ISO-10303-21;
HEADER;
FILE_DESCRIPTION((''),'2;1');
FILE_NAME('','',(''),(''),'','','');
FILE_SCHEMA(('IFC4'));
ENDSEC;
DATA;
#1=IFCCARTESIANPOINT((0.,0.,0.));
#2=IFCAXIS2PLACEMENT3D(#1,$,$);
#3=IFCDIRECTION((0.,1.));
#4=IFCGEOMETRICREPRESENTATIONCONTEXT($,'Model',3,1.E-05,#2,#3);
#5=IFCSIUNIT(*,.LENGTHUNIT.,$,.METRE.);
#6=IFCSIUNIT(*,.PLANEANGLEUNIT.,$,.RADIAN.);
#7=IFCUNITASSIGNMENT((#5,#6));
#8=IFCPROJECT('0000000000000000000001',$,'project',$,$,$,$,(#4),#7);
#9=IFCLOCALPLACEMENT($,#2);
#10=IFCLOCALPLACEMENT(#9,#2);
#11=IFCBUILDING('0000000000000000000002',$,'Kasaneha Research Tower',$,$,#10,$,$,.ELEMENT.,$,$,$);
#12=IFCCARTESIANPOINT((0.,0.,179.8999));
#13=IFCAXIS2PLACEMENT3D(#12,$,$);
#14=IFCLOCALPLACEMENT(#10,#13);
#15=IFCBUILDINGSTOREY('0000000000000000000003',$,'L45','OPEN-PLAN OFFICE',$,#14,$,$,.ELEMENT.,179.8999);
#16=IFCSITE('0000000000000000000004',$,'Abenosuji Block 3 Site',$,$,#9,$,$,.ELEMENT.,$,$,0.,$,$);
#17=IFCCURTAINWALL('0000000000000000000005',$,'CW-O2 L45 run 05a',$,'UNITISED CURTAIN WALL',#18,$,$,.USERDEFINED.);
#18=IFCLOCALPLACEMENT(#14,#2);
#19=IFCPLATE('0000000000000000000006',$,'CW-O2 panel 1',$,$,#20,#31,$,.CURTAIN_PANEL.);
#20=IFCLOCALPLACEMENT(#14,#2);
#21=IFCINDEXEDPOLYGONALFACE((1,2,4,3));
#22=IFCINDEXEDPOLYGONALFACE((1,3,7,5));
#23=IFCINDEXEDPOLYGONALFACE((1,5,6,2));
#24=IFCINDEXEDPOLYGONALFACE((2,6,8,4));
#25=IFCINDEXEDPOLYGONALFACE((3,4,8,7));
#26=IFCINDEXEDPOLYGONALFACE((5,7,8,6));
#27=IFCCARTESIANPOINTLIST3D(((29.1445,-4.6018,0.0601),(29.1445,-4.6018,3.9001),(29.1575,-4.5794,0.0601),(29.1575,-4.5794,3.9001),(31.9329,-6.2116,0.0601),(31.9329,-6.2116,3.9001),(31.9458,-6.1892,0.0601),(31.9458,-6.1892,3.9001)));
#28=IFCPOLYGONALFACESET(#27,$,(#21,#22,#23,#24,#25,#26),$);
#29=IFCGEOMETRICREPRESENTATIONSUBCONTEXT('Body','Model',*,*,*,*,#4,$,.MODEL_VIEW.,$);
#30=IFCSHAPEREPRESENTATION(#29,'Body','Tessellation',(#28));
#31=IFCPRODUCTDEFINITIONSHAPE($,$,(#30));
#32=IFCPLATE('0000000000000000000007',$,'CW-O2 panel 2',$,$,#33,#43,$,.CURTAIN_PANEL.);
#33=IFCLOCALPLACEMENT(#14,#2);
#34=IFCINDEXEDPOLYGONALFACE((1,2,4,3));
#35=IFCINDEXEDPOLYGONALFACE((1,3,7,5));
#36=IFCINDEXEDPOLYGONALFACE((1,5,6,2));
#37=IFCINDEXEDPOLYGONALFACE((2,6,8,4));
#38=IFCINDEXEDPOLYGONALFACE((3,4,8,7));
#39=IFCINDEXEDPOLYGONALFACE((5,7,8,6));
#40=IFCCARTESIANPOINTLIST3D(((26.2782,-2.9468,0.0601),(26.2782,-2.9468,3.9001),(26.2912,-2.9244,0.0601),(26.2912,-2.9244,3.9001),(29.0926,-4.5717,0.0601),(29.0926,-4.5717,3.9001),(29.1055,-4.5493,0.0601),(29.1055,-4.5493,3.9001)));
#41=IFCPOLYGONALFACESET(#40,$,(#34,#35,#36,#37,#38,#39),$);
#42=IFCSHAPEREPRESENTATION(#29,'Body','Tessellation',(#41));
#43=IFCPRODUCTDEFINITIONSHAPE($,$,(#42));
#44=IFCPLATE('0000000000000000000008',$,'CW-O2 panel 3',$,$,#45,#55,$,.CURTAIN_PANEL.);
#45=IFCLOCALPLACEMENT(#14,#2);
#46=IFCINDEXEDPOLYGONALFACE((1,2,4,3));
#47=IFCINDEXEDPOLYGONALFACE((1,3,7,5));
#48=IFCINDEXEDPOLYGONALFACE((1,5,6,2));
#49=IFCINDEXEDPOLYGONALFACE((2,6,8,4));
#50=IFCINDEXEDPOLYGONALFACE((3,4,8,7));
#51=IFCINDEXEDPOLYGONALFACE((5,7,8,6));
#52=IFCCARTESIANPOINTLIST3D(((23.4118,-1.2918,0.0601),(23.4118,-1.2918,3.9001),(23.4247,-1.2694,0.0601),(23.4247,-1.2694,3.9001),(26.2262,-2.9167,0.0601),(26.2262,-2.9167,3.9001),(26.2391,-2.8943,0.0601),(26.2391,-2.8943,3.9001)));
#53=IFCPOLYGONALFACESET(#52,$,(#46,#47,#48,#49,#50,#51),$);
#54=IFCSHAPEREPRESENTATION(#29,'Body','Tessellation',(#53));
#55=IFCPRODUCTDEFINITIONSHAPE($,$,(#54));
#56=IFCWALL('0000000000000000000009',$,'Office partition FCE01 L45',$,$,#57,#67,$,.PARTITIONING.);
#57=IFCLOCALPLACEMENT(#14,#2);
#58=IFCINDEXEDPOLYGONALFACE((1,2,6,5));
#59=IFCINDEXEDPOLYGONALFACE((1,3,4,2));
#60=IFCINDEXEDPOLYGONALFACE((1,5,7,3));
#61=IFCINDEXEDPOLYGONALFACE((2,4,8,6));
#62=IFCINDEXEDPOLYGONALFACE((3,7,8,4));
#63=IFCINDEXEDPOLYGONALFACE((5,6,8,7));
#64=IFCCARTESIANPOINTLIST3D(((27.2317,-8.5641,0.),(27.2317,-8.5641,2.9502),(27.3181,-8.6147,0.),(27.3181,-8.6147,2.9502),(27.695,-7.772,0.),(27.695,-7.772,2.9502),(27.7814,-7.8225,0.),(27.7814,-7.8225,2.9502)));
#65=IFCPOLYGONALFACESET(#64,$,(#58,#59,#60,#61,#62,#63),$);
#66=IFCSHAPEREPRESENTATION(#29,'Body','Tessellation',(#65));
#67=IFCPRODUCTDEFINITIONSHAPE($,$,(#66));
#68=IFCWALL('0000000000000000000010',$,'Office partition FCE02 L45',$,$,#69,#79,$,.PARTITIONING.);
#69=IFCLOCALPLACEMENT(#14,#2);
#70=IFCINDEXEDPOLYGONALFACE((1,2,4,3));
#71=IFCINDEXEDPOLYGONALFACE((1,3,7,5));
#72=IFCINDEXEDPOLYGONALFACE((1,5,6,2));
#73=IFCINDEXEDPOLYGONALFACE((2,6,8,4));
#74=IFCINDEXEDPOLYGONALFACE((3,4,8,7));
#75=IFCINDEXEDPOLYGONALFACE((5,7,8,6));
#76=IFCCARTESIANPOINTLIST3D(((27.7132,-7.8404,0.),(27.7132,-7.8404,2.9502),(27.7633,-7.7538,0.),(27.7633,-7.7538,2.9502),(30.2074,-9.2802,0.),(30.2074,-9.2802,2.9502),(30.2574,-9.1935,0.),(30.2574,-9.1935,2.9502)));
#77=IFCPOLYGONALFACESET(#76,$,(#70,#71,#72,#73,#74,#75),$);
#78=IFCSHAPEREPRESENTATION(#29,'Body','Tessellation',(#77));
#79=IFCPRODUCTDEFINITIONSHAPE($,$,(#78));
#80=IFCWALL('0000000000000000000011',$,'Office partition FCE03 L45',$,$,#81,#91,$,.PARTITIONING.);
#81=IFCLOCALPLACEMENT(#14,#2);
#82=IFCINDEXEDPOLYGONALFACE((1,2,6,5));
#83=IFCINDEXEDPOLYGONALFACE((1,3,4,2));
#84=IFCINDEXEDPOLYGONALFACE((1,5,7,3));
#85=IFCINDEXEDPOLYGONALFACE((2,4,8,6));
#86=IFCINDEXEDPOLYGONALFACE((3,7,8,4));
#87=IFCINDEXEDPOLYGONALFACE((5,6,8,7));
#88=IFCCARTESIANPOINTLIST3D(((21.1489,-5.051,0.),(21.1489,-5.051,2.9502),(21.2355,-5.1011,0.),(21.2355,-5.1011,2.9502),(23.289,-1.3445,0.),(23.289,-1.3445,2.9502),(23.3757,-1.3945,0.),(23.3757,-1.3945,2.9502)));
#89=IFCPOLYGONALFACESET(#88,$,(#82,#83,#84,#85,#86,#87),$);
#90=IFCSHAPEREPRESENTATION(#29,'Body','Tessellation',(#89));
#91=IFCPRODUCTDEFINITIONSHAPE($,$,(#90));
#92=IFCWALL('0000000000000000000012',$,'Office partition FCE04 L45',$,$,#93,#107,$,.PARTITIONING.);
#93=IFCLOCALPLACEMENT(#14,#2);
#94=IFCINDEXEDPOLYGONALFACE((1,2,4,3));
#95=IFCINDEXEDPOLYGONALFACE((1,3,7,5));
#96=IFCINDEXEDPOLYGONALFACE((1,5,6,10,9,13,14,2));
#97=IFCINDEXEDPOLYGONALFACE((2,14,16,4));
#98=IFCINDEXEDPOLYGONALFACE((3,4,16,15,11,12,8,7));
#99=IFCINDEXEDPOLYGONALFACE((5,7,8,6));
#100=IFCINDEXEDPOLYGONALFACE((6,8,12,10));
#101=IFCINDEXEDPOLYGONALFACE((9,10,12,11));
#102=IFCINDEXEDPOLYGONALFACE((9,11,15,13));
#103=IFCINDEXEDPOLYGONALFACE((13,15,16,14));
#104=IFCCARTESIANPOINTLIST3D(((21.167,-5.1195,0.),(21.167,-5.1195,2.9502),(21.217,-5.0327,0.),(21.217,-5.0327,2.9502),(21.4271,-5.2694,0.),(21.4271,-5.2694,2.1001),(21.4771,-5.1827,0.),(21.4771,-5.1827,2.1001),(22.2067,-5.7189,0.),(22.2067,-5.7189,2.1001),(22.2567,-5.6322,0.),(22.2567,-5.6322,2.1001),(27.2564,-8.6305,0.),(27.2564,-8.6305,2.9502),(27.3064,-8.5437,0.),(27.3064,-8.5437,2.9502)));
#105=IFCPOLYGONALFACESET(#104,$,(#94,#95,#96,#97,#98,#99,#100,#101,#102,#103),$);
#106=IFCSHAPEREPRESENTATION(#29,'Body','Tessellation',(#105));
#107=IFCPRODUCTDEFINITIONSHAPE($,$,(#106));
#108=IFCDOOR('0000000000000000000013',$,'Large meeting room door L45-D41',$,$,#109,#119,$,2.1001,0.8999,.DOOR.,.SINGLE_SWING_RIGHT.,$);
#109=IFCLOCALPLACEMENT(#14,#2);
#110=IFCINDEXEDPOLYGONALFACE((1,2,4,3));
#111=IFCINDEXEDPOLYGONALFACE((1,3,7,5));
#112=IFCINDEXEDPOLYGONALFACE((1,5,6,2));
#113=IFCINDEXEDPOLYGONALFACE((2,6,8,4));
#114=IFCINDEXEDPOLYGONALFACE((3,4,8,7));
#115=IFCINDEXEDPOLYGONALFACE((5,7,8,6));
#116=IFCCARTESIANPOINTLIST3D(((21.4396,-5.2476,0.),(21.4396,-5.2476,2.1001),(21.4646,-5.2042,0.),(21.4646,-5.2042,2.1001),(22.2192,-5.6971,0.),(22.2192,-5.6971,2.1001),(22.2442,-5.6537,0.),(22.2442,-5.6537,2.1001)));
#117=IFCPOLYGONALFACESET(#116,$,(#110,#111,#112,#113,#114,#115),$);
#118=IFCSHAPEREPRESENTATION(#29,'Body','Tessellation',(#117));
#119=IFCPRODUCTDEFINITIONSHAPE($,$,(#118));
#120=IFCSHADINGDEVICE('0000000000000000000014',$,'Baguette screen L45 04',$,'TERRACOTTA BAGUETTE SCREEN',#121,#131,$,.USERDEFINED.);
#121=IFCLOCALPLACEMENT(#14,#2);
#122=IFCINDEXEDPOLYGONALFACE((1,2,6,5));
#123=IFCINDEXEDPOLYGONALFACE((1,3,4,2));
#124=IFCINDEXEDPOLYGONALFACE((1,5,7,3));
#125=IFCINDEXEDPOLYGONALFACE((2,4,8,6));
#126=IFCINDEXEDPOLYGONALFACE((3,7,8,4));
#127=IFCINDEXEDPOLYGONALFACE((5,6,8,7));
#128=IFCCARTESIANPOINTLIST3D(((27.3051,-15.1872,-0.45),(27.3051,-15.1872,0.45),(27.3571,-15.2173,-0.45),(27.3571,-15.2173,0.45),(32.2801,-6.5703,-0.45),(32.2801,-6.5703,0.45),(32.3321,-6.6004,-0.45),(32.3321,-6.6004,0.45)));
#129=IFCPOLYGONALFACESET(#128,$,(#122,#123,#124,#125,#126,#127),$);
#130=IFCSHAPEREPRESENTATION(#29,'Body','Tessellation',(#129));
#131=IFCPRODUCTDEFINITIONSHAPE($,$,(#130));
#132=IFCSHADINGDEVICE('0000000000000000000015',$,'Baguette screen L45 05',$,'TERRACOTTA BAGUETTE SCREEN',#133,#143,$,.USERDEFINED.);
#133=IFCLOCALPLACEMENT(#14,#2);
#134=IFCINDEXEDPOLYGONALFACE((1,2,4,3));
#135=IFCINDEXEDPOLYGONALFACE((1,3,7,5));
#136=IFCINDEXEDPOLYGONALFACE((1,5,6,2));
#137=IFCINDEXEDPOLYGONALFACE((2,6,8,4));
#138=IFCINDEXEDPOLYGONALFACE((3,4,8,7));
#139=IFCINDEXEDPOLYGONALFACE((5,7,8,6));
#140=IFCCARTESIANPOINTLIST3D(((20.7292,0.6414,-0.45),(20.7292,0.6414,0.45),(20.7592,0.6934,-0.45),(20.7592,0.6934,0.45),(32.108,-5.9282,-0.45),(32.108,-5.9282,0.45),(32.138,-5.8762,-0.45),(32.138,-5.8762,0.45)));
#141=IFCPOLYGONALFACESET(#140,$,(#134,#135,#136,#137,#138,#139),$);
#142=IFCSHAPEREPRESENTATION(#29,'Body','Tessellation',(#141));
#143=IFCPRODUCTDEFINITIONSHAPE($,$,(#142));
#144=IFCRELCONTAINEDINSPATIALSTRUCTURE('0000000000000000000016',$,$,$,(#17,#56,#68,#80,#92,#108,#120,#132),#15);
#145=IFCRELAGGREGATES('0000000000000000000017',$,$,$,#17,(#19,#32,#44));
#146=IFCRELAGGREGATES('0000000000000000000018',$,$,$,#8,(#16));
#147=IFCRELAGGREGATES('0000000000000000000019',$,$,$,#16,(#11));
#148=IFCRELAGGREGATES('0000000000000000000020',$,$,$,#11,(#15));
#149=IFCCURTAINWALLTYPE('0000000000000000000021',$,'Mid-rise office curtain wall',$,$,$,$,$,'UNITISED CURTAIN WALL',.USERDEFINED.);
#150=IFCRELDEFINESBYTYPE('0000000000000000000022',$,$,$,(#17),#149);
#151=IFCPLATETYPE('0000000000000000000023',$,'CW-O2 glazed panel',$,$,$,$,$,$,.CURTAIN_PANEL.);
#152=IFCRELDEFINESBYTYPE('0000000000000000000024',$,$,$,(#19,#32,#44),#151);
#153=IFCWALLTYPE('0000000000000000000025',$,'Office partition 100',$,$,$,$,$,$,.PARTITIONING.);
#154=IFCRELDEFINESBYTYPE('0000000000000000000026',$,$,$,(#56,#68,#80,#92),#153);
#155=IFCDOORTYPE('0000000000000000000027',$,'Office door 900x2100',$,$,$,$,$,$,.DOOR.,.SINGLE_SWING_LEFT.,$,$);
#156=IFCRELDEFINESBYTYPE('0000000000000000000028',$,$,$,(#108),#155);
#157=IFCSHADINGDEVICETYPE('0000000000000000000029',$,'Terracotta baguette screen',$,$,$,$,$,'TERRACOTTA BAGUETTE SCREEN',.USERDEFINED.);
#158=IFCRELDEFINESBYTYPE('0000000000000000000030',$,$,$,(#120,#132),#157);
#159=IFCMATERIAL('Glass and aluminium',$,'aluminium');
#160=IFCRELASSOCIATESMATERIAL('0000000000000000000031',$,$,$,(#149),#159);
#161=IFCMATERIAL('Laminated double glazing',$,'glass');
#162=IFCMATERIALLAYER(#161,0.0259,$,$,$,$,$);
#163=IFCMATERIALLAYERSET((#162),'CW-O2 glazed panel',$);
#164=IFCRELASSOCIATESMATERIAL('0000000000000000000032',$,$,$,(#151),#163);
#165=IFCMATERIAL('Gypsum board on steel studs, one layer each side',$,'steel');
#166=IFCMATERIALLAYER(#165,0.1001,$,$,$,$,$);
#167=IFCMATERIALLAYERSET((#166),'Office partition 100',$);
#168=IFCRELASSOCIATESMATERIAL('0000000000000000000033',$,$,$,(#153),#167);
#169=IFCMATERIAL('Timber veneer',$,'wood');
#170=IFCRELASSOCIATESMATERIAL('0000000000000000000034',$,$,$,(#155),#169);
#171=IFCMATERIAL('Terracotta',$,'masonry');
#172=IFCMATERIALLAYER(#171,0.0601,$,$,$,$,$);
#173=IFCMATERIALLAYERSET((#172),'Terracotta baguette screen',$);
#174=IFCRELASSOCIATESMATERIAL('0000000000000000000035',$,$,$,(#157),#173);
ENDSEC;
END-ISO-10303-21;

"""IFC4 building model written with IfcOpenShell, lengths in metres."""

from ifc_helpers import new_model, si_unit, direction, frame, frame_2d, origin, origin_2d, place, context, subcontext, project, spatial, rectangle, extrude, material, layer, layer_set, type_object, element, fill, aggregate, save


model = new_model("IFC4")

# Units and contexts
model_context = context("Model", 3, precision=1e-05, world=origin(), true_north=direction((0.0, 1.0)))
body_context = subcontext(model_context, "Body", "Model", "MODEL_VIEW")
ifc_project = project(units=[si_unit("LENGTHUNIT", "METRE"), si_unit("PLANEANGLEUNIT", "RADIAN")], contexts=[model_context])

# Site, building, storey
site_placement = place(None, origin())
site = spatial("IfcSite", under=ifc_project, at=site_placement, Name="Abenosuji Block 3 Site", CompositionType="ELEMENT", RefElevation=0.0)
building_placement = place(site_placement, origin())
building = spatial("IfcBuilding", under=site, at=building_placement, Name="Kasaneha Research Tower", CompositionType="ELEMENT")
storey_placement = place(building_placement, frame((0.0, 0.0, 179.8999)))
storey = spatial("IfcBuildingStorey", under=building, at=storey_placement, Name="L45", Description="OPEN-PLAN OFFICE", CompositionType="ELEMENT", Elevation=179.8999)

# Curtain wall
ifc_material_1 = material(Name="Glass and aluminium", Category="aluminium")
curtain_wall_type = type_object("IfcCurtainWallType", Name="Mid-rise office curtain wall", ElementType="UNITISED CURTAIN WALL", PredefinedType="USERDEFINED", material=ifc_material_1)
curtain_wall_1_placement = place(storey_placement, origin())
curtain_wall_1 = element("IfcCurtainWall", 1, at=curtain_wall_1_placement, inside=storey, type_object=curtain_wall_type, Name="CW-O2 L45 run 05a", ObjectType="UNITISED CURTAIN WALL", PredefinedType="USERDEFINED")

# Plates
ifc_material_2 = material(Name="Laminated double glazing", Category="glass")
ifc_layer_1 = layer(ifc_material_2, 0.0259)
ifc_layer_set_1 = layer_set([ifc_layer_1], Name="CW-O2 glazed panel")
plate_type = type_object("IfcPlateType", Name="CW-O2 glazed panel", PredefinedType="CURTAIN_PANEL", material=ifc_layer_set_1)
plate_1_placement = place(storey_placement, frame((30.5452, -5.3955, 0.0601), z_axis=(0.0, 0.0, 1.0), x_axis=(-0.866025, 0.5, 0.0)))
plate_1 = element("IfcPlate", 2, at=plate_1_placement, type_object=plate_type, Name="CW-O2 panel 1", PredefinedType="CURTAIN_PANEL", context=body_context, shape_type="SweptSolid", body=[
    extrude(rectangle(XDim=3.2197, YDim=0.0259, at=origin_2d()), origin(), (0.0, 0.0, 1.0), 3.8401),
])
plate_2_placement = place(storey_placement, frame((27.6919, -3.748, 0.0601), z_axis=(0.0, 0.0, 1.0), x_axis=(-0.866025, 0.5, 0.0)))
plate_2 = element("IfcPlate", 3, at=plate_2_placement, type_object=plate_type, Name="CW-O2 panel 2", PredefinedType="CURTAIN_PANEL", context=body_context, shape_type="SweptSolid", body=[
    extrude(rectangle(XDim=3.2498, YDim=0.0259, at=origin_2d()), origin(), (0.0, 0.0, 1.0), 3.8401),
])
plate_3_placement = place(storey_placement, frame((24.8254, -2.093, 0.0601), z_axis=(0.0, 0.0, 1.0), x_axis=(-0.866025, 0.5, 0.0)))
plate_3 = element("IfcPlate", 4, at=plate_3_placement, type_object=plate_type, Name="CW-O2 panel 3", PredefinedType="CURTAIN_PANEL", context=body_context, shape_type="SweptSolid", body=[
    extrude(rectangle(XDim=3.2498, YDim=0.0259, at=origin_2d()), origin(), (0.0, 0.0, 1.0), 3.8401),
])
aggregate(curtain_wall_1, [plate_1, plate_2, plate_3])

# Walls
ifc_material_3 = material(Name="Gypsum board on steel studs, one layer each side", Category="steel")
ifc_layer_2 = layer(ifc_material_3, 0.1001)
ifc_layer_set_2 = layer_set([ifc_layer_2], Name="Office partition 100")
wall_type = type_object("IfcWallType", Name="Office partition 100", PredefinedType="PARTITIONING", material=ifc_layer_set_2)
wall_1_placement = place(storey_placement, frame((27.7383, -7.7971, 0.0), z_axis=(0.0, 0.0, 1.0), x_axis=(-0.50488, -0.86319, 0.0)))
element("IfcWall", 5, at=wall_1_placement, inside=storey, type_object=wall_type, Name="Office partition FCE01 L45", PredefinedType="PARTITIONING", context=body_context, shape_type="SweptSolid", body=[
    extrude(rectangle(XDim=0.9177, YDim=0.1001, at=frame_2d((0.459, 0.0))), origin(), (0.0, 0.0, 1.0), 2.9502),
])
wall_2_placement = place(storey_placement, frame((30.2324, -9.2368, 0.0), z_axis=(0.0, 0.0, 1.0), x_axis=(-0.86607, 0.499923, 0.0)))
element("IfcWall", 6, at=wall_2_placement, inside=storey, type_object=wall_type, Name="Office partition FCE02 L45", PredefinedType="PARTITIONING", context=body_context, shape_type="SweptSolid", body=[
    extrude(rectangle(XDim=2.8799, YDim=0.1001, at=frame_2d((1.4399, 0.0))), origin(), (0.0, 0.0, 1.0), 2.9502),
])
wall_3_placement = place(storey_placement, frame((21.1921, -5.0762, 0.0), z_axis=(0.0, 0.0, 1.0), x_axis=(0.500029, 0.866009, 0.0)))
element("IfcWall", 7, at=wall_3_placement, inside=storey, type_object=wall_type, Name="Office partition FCE03 L45", PredefinedType="PARTITIONING", context=body_context, shape_type="SweptSolid", body=[
    extrude(rectangle(XDim=4.28, YDim=0.1001, at=frame_2d((2.1401, 0.0))), origin(), (0.0, 0.0, 1.0), 2.9502),
])

# Wall, opening, door
wall_4_placement = place(storey_placement, frame((27.2815, -8.5872, 0.0), z_axis=(0.0, 0.0, 1.0), x_axis=(-0.866315, 0.499498, 0.0)))
wall_4 = element("IfcWall", 8, at=wall_4_placement, inside=storey, type_object=wall_type, Name="Office partition FCE04 L45", PredefinedType="PARTITIONING", context=body_context, shape_type="SweptSolid", body=[
    extrude(rectangle(XDim=7.0291, YDim=0.1001, at=frame_2d((3.5146, 0.0))), origin(), (0.0, 0.0, 1.0), 2.9502),
])
opening_placement = place(wall_4_placement, frame((5.8291, 0.0, 0.0)))
opening = element("IfcOpeningElement", 9, at=opening_placement, cuts=wall_4, PredefinedType="OPENING", context=body_context, shape_type="SweptSolid", body=[
    extrude(rectangle(XDim=0.8999, YDim=2.1001, at=frame_2d((0.45, 1.05))), frame((0.0, 0.0601, 0.0), z_axis=(0.0, -1.0, 0.0), x_axis=(1.0, 0.0, 0.0)), (0.0, 0.0, 1.0), 0.1201),
])
ifc_material_4 = material(Name="Timber veneer", Category="wood")
door_type = type_object("IfcDoorType", Name="Office door 900x2100", OperationType="SINGLE_SWING_LEFT", PredefinedType="DOOR", material=ifc_material_4)
door_placement = place(opening_placement, origin())
door = element("IfcDoor", 10, at=door_placement, inside=storey, type_object=door_type, Name="Large meeting room door L45-D41", OperationType="SINGLE_SWING_RIGHT", OverallHeight=2.1001, OverallWidth=0.8999, PredefinedType="DOOR", context=body_context, shape_type="SweptSolid", body=[
    extrude(rectangle(XDim=0.8999, YDim=2.1001, at=frame_2d((0.45, 1.05))), frame((0.0, 0.0249, 0.0), z_axis=(0.0, -1.0, 0.0), x_axis=(1.0, 0.0, 0.0)), (0.0, 0.0, 1.0), 0.05),
])
fill(opening, door)

# Shading devices
ifc_material_5 = material(Name="Terracotta", Category="masonry")
ifc_layer_3 = layer(ifc_material_5, 0.0601)
ifc_layer_set_3 = layer_set([ifc_layer_3], Name="Terracotta baguette screen")
shading_device_type = type_object("IfcShadingDeviceType", Name="Terracotta baguette screen", ElementType="TERRACOTTA BAGUETTE SCREEN", PredefinedType="USERDEFINED", material=ifc_layer_set_3)
shading_device_1_placement = place(storey_placement, frame((29.8186, -10.8938, -0.45), z_axis=(0.0, 0.0, 1.0), x_axis=(0.5, 0.866025, 0.0)))
element("IfcShadingDevice", 11, at=shading_device_1_placement, inside=storey, type_object=shading_device_type, Name="Baguette screen L45 04", ObjectType="TERRACOTTA BAGUETTE SCREEN", PredefinedType="USERDEFINED", context=body_context, shape_type="SweptSolid", body=[
    extrude(rectangle(XDim=9.95, YDim=0.0601, at=origin_2d()), origin(), (0.0, 0.0, 1.0), 0.8999),
])
shading_device_2_placement = place(storey_placement, frame((26.4336, -2.6174, -0.45), z_axis=(0.0, 0.0, 1.0), x_axis=(-0.866025, 0.5, 0.0)))
element("IfcShadingDevice", 12, at=shading_device_2_placement, inside=storey, type_object=shading_device_type, Name="Baguette screen L45 05", ObjectType="TERRACOTTA BAGUETTE SCREEN", PredefinedType="USERDEFINED", context=body_context, shape_type="SweptSolid", body=[
    extrude(rectangle(XDim=13.1392, YDim=0.0601, at=origin_2d()), origin(), (0.0, 0.0, 1.0), 0.8999),
])

save(model, "model.ifc")
